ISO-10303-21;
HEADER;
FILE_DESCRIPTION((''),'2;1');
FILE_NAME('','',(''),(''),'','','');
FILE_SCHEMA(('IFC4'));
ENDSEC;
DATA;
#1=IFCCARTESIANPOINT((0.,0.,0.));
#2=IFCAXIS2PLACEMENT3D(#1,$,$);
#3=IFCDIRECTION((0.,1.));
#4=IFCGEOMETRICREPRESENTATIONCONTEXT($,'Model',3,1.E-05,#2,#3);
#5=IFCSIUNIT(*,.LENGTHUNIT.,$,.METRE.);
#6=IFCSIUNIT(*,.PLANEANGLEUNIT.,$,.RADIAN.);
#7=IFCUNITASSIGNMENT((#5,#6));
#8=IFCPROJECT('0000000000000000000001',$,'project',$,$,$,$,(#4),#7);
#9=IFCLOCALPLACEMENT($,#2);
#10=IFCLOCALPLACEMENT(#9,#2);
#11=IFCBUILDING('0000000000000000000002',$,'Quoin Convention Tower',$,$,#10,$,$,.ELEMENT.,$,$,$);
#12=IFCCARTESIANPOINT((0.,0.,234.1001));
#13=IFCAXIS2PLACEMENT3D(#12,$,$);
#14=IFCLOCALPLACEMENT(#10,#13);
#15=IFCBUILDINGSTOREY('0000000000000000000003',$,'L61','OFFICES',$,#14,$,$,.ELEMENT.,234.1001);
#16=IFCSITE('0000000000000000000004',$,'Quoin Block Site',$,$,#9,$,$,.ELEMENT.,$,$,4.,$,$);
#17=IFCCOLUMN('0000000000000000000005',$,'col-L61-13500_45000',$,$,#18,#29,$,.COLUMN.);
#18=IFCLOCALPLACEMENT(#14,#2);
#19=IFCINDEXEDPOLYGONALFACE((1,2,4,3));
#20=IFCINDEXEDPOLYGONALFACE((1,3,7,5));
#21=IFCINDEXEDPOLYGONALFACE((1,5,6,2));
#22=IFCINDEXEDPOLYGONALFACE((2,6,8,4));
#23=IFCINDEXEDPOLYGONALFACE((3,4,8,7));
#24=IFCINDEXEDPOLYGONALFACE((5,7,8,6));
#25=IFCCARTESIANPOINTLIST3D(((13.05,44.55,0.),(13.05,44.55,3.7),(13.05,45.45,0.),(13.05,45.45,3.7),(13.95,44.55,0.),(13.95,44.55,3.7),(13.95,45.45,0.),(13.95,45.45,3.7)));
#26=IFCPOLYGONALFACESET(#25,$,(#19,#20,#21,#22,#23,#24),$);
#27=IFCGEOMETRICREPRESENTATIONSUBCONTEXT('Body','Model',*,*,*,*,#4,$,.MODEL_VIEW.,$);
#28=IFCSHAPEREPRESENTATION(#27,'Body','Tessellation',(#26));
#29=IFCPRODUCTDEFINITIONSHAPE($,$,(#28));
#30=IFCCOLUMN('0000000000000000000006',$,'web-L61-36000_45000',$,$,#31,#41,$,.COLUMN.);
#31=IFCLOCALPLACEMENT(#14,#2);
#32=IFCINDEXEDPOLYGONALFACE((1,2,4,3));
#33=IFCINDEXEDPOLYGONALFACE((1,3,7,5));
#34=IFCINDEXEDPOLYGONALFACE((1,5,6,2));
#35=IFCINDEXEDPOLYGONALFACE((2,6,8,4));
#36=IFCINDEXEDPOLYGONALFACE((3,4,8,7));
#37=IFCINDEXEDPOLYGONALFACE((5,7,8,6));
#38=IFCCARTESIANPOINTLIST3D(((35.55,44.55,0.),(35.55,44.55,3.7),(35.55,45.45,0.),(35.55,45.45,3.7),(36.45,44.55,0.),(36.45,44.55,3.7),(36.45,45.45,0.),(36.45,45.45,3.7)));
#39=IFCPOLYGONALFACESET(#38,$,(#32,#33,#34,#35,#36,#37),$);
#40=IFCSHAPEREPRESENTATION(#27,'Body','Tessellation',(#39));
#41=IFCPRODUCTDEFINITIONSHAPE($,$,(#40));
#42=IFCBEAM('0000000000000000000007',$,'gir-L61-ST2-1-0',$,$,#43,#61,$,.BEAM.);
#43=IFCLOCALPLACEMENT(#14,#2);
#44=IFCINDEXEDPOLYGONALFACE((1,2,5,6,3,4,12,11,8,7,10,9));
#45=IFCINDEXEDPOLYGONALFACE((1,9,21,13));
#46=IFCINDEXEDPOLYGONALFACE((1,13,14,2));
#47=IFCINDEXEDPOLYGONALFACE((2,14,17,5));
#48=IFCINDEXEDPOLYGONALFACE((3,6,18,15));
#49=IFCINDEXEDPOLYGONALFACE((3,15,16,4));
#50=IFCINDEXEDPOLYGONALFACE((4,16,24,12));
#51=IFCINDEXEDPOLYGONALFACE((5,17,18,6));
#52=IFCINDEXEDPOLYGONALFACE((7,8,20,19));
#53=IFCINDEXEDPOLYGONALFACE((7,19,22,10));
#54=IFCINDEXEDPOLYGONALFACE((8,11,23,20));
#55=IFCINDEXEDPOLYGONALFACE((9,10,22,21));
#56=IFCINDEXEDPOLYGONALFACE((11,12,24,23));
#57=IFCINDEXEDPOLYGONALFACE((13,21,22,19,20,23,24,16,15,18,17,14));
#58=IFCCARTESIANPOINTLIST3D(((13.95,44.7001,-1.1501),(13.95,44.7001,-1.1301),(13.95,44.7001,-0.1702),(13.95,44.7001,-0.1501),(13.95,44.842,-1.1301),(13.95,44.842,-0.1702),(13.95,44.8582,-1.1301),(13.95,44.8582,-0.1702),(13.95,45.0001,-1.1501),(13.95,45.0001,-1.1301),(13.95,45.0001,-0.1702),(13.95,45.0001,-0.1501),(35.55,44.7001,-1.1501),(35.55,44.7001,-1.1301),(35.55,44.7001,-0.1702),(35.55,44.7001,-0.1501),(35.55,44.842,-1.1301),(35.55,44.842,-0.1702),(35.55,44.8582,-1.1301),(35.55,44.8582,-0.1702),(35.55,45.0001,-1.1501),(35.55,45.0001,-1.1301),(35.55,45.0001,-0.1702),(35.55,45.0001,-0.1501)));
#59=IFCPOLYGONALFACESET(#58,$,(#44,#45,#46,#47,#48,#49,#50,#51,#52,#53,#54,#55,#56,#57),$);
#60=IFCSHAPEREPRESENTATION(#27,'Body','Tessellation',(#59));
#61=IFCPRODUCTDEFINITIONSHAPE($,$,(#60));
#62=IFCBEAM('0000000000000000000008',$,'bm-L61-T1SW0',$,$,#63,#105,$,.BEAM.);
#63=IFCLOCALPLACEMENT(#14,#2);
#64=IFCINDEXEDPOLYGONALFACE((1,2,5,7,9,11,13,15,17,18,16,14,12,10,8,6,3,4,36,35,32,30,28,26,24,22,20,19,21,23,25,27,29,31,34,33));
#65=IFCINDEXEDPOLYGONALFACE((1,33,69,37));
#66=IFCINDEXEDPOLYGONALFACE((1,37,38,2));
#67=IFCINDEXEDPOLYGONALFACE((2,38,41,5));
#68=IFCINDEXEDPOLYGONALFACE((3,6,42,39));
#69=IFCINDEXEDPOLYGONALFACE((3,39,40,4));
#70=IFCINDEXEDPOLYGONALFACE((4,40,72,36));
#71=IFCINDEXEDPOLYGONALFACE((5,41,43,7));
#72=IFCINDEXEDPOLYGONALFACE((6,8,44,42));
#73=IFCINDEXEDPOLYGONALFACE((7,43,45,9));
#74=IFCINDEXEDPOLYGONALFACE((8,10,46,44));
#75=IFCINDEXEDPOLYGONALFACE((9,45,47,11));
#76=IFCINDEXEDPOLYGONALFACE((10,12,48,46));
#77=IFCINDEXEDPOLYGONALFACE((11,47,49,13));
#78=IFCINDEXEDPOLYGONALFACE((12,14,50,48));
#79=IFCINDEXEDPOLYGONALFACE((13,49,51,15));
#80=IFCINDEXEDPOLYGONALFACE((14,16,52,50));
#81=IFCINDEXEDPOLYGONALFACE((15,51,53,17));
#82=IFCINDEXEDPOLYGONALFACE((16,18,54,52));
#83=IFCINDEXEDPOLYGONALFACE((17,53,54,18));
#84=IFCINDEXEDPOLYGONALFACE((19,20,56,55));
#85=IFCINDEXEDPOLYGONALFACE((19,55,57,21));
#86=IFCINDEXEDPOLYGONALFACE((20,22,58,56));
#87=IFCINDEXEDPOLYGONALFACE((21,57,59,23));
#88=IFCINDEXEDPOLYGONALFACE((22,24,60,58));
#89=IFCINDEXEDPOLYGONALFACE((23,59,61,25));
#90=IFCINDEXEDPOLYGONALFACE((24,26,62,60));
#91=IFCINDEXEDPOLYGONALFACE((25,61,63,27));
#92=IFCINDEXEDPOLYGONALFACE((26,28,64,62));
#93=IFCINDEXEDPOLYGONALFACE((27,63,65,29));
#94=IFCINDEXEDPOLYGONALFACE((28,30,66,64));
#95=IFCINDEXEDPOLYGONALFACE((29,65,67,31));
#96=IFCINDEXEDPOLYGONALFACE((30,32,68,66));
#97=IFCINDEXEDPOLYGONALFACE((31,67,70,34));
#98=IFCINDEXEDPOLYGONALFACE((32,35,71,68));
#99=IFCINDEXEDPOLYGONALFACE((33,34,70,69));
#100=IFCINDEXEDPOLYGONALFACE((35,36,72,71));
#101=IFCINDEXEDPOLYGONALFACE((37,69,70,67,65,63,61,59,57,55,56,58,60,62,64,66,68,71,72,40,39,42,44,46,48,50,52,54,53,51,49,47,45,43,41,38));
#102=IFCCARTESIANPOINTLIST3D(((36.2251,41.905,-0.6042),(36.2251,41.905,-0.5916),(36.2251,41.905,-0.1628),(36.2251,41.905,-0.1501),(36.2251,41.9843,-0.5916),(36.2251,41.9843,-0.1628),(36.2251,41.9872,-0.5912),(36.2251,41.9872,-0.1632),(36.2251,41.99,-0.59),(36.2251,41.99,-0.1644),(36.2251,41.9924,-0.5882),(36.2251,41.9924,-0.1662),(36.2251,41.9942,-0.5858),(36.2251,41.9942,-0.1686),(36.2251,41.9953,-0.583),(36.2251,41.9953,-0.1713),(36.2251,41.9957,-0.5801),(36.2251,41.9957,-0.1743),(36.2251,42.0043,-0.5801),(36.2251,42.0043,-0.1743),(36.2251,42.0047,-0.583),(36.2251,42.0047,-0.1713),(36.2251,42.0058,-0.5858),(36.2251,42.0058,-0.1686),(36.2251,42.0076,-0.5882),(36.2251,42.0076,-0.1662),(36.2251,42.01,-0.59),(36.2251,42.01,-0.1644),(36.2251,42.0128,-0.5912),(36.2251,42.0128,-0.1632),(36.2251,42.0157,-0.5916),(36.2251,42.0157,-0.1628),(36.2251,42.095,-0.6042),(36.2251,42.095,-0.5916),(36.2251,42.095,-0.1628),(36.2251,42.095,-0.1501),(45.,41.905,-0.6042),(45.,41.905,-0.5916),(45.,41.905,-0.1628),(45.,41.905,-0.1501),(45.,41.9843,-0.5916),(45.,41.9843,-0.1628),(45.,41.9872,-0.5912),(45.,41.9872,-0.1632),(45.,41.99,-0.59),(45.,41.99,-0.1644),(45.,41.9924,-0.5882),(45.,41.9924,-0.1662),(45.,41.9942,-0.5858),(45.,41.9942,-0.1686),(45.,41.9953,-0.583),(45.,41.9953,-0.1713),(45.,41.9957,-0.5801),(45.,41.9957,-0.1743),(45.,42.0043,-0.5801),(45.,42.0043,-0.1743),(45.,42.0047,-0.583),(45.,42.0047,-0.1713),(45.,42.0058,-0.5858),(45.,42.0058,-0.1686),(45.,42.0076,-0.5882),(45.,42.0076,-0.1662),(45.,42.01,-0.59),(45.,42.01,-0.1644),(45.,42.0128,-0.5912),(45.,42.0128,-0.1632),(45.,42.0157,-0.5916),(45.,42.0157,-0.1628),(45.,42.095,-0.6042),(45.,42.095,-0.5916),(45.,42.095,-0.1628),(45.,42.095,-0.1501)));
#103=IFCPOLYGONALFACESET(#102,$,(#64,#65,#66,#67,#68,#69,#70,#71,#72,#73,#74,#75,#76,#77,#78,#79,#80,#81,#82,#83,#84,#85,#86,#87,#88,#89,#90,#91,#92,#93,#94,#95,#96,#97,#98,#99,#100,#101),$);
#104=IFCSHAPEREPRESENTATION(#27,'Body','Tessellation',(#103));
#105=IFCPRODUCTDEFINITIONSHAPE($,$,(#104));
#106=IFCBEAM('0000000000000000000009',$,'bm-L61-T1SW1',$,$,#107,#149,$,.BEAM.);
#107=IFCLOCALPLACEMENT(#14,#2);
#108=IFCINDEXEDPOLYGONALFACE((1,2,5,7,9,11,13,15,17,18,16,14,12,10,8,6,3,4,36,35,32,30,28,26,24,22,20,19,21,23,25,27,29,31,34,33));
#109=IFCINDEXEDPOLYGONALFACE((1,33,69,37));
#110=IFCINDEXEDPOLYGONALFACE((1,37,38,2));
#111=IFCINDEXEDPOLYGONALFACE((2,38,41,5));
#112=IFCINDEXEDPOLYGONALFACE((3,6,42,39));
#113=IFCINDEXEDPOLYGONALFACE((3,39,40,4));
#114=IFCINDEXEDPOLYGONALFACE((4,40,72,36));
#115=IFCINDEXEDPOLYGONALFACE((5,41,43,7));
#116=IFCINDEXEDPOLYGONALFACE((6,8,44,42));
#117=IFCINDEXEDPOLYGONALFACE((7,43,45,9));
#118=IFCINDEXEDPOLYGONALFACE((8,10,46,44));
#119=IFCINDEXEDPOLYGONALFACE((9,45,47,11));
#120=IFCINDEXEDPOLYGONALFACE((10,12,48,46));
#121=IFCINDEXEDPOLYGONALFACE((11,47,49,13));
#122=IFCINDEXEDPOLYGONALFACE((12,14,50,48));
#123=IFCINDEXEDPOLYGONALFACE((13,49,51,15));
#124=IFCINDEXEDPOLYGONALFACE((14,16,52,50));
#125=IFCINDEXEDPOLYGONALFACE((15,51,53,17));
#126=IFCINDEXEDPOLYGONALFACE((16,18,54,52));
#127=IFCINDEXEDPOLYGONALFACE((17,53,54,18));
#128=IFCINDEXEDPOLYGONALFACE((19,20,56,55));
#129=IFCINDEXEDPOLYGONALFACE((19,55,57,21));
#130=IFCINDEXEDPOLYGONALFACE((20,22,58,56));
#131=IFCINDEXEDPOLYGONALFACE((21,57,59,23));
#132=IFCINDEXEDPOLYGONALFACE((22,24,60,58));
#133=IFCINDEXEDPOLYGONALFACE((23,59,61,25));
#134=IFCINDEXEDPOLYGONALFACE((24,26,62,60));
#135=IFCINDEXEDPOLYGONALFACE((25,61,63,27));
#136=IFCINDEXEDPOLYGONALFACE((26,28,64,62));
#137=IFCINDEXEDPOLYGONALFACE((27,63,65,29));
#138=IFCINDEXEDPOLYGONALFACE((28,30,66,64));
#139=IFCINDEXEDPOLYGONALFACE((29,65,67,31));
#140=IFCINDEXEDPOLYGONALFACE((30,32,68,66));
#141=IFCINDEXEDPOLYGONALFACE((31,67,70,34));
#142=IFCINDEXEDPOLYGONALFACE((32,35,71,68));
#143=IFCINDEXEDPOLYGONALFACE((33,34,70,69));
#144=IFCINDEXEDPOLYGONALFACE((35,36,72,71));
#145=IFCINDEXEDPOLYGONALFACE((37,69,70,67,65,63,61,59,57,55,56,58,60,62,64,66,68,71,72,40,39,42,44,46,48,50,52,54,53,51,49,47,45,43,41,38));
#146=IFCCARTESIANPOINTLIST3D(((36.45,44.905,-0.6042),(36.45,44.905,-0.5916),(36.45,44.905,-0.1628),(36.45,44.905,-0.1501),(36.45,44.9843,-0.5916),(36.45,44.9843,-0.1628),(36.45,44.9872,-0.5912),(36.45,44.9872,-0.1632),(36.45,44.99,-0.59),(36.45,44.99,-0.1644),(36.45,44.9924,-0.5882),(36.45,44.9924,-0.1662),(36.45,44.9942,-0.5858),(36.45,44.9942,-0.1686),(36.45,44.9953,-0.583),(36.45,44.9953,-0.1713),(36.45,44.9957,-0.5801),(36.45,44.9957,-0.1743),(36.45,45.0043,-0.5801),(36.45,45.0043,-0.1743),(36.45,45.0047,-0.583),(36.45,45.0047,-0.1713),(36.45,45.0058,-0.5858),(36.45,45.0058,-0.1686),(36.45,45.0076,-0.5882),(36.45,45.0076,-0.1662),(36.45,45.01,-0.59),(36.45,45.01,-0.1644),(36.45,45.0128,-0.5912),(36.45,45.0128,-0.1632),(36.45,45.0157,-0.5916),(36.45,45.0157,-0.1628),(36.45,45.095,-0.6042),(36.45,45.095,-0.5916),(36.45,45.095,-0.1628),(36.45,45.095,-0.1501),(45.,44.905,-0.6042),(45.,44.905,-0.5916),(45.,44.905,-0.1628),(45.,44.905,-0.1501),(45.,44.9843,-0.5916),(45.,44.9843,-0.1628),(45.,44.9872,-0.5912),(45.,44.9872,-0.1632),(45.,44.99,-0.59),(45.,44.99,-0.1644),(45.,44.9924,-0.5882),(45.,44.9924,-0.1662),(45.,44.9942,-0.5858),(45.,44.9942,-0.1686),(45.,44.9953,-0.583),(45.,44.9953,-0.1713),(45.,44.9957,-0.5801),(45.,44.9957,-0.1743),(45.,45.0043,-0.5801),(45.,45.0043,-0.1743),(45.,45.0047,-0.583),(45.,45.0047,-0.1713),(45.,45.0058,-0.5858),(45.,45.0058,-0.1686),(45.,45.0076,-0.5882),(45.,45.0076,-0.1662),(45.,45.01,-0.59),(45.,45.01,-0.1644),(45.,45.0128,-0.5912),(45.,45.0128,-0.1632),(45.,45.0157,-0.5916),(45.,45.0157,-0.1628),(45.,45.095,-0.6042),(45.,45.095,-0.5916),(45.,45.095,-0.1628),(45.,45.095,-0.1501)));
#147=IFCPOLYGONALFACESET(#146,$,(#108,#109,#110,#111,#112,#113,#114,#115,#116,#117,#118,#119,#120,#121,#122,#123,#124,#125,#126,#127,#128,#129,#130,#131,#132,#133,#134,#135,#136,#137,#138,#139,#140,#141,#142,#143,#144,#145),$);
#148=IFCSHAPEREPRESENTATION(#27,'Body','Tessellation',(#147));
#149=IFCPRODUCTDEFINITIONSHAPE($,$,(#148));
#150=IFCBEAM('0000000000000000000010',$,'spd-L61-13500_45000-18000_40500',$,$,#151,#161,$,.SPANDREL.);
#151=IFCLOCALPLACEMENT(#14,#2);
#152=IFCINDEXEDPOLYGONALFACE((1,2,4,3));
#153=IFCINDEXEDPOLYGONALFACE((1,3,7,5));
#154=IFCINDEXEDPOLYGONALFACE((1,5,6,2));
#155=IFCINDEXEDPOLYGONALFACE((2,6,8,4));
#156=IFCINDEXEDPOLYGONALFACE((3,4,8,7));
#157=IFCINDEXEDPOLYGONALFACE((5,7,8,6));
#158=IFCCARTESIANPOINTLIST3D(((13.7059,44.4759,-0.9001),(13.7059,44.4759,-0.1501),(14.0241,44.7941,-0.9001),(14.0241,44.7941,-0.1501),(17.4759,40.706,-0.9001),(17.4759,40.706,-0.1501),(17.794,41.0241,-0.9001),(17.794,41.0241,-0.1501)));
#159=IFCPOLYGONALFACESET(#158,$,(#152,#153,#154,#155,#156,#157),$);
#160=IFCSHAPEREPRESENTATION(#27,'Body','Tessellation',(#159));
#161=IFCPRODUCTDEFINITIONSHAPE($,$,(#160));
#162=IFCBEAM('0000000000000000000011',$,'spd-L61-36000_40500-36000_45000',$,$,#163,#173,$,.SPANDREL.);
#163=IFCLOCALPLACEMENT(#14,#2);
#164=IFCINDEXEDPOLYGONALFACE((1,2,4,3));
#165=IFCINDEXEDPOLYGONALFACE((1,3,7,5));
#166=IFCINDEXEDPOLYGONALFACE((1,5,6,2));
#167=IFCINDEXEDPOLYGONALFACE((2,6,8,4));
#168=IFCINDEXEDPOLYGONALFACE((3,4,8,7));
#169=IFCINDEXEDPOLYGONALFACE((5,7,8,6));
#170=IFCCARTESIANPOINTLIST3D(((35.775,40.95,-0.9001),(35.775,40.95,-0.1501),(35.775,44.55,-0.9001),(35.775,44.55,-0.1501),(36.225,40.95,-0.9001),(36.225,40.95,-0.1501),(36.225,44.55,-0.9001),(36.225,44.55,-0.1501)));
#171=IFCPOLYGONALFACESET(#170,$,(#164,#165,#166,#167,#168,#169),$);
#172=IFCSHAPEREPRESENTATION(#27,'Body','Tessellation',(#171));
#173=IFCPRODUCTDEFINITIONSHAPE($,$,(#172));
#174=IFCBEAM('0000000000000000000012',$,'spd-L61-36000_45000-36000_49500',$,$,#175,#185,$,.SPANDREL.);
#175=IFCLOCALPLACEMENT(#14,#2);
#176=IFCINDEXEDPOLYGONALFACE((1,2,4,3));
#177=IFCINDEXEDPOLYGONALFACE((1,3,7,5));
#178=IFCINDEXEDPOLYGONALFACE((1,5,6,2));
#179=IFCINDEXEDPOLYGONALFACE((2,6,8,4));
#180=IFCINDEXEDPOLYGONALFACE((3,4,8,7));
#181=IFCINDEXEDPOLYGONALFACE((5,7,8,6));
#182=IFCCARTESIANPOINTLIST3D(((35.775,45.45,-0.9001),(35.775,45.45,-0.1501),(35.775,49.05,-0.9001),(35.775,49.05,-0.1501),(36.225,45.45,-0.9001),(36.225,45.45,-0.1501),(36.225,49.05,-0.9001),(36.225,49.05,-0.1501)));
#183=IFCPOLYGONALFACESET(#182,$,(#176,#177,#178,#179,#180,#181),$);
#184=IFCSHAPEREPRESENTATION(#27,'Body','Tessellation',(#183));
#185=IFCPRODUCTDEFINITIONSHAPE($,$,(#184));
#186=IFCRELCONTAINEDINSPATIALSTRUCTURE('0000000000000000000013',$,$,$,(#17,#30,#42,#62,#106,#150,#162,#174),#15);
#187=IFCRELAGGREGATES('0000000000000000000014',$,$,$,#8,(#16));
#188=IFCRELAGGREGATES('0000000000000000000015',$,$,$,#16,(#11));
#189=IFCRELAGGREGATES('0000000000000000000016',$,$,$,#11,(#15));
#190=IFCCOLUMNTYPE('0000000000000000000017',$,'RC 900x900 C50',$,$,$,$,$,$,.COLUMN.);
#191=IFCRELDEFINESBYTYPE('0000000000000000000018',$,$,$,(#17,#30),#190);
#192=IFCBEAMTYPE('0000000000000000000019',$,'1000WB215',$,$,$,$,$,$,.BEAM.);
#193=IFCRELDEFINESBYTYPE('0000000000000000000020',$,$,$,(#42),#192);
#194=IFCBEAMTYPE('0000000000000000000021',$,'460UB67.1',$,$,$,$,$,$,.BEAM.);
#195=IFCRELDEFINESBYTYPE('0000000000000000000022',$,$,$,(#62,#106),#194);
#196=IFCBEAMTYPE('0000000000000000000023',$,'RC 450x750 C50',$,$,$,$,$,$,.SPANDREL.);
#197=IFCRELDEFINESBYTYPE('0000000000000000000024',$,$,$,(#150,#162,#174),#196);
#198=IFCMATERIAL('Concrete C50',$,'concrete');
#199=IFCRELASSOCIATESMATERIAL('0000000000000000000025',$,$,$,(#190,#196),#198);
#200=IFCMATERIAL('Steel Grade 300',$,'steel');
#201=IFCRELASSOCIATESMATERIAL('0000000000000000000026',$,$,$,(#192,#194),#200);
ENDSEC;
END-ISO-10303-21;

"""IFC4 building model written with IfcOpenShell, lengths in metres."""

from ifc_helpers import new_model, si_unit, direction, frame, origin, origin_2d, place, context, subcontext, project, spatial, rectangle, i_section, extrude, material, material_profile, profile_set, type_object, element, save


model = new_model("IFC4")

# Units and contexts
model_context = context("Model", 3, precision=1e-05, world=origin(), true_north=direction((0.0, 1.0)))
body_context = subcontext(model_context, "Body", "Model", "MODEL_VIEW")
ifc_project = project(units=[si_unit("LENGTHUNIT", "METRE"), si_unit("PLANEANGLEUNIT", "RADIAN")], contexts=[model_context])

# Site, building, storey
site_placement = place(None, origin())
site = spatial("IfcSite", under=ifc_project, at=site_placement, Name="Quoin Block Site", CompositionType="ELEMENT", RefElevation=4.0)
building_placement = place(site_placement, origin())
building = spatial("IfcBuilding", under=site, at=building_placement, Name="Quoin Convention Tower", CompositionType="ELEMENT")
storey_placement = place(building_placement, frame((0.0, 0.0, 234.1001)))
storey = spatial("IfcBuildingStorey", under=building, at=storey_placement, Name="L61", Description="OFFICES", CompositionType="ELEMENT", Elevation=234.1001)

# Columns
ifc_material_1 = material(Name="Concrete C50", Category="concrete")
ifc_material_profile_1 = material_profile(ifc_material_1, rectangle(XDim=0.8999, YDim=0.8999, at=origin_2d()), Name="RC 900x900")
ifc_profile_set_1 = profile_set([ifc_material_profile_1], Name="Concrete C50")
column_type = type_object("IfcColumnType", Name="RC 900x900 C50", PredefinedType="COLUMN", material=ifc_profile_set_1)
for number, where, z_axis, x_axis, name in (
    (1, (13.5, 45.0, 0.0), (0.0, 0.0, 1.0), (1.0, 0.0, 0.0), "col-L61-13500_45000"),
    (2, (36.0, 45.0, 0.0), (0.0, 0.0, 1.0), (1.0, 0.0, 0.0), "web-L61-36000_45000"),
):
    element("IfcColumn", number, at=place(storey_placement, frame(where, z_axis=z_axis, x_axis=x_axis)), inside=storey, type_object=column_type, Name=name, PredefinedType="COLUMN", context=body_context, shape_type="SweptSolid", body=[
        extrude(rectangle(XDim=0.8999, YDim=0.8999, at=origin_2d()), origin(), (0.0, 0.0, 1.0), 3.7),
    ])

# Beams
ifc_material_2 = material(Name="Steel Grade 300", Category="steel")
ifc_material_profile_2 = material_profile(ifc_material_2, i_section(OverallWidth=0.3, OverallDepth=1.0, WebThickness=0.0161, FlangeThickness=0.02, at=origin_2d()), Name="1000WB215")
ifc_profile_set_2 = profile_set([ifc_material_profile_2], Name="Steel Grade 300")
beam_type_1 = type_object("IfcBeamType", Name="1000WB215", PredefinedType="BEAM", material=ifc_profile_set_2)
beam_1_placement = place(storey_placement, frame((13.95, 44.8501, -0.6501), z_axis=(1.0, 0.0, 0.0), x_axis=(0.0, 1.0, 0.0)))
element("IfcBeam", 3, at=beam_1_placement, inside=storey, type_object=beam_type_1, Name="gir-L61-ST2-1-0", PredefinedType="BEAM", context=body_context, shape_type="SweptSolid", body=[
    extrude(i_section(OverallWidth=0.3, OverallDepth=1.0, WebThickness=0.0161, FlangeThickness=0.02, at=origin_2d()), origin(), (0.0, 0.0, 1.0), 21.6001),
])
ifc_material_profile_3 = material_profile(ifc_material_2, i_section(OverallWidth=0.1899, OverallDepth=0.4541, WebThickness=0.0085, FlangeThickness=0.0127, FilletRadius=0.0115, at=origin_2d()), Name="460UB67.1")
ifc_profile_set_3 = profile_set([ifc_material_profile_3], Name="Steel Grade 300")
beam_type_2 = type_object("IfcBeamType", Name="460UB67.1", PredefinedType="BEAM", material=ifc_profile_set_3)
beam_2_placement = place(storey_placement, frame((36.2251, 42.0, -0.3772), z_axis=(1.0, 0.0, 0.0), x_axis=(0.0, 1.0, 0.0)))
element("IfcBeam", 4, at=beam_2_placement, inside=storey, type_object=beam_type_2, Name="bm-L61-T1SW0", PredefinedType="BEAM", context=body_context, shape_type="SweptSolid", body=[
    extrude(i_section(OverallWidth=0.1899, OverallDepth=0.4541, WebThickness=0.0085, FlangeThickness=0.0127, FilletRadius=0.0115, at=origin_2d()), origin(), (0.0, 0.0, 1.0), 8.7749),
])
beam_3_placement = place(storey_placement, frame((36.45, 45.0, -0.3772), z_axis=(1.0, 0.0, 0.0), x_axis=(0.0, 1.0, 0.0)))
element("IfcBeam", 5, at=beam_3_placement, inside=storey, type_object=beam_type_2, Name="bm-L61-T1SW1", PredefinedType="BEAM", context=body_context, shape_type="SweptSolid", body=[
    extrude(i_section(OverallWidth=0.1899, OverallDepth=0.4541, WebThickness=0.0085, FlangeThickness=0.0127, FilletRadius=0.0115, at=origin_2d()), origin(), (0.0, 0.0, 1.0), 8.55),
])
ifc_material_profile_4 = material_profile(ifc_material_1, rectangle(XDim=0.45, YDim=0.75, at=origin_2d()), Name="RC 450x750")
ifc_profile_set_4 = profile_set([ifc_material_profile_4], Name="Concrete C50")
beam_type_3 = type_object("IfcBeamType", Name="RC 450x750 C50", PredefinedType="SPANDREL", material=ifc_profile_set_4)
beam_4_placement = place(storey_placement, frame((13.865, 44.635, -0.5251), z_axis=(0.707107, -0.707107, 0.0), x_axis=(0.707107, 0.707107, 0.0)))
element("IfcBeam", 6, at=beam_4_placement, inside=storey, type_object=beam_type_3, Name="spd-L61-13500_45000-18000_40500", PredefinedType="SPANDREL", context=body_context, shape_type="SweptSolid", body=[
    extrude(rectangle(XDim=0.45, YDim=0.75, at=origin_2d()), origin(), (0.0, 0.0, 1.0), 5.3315),
])
for number, where, z_axis, x_axis, name in (
    (7, (36.0, 40.95, -0.5251), (0.0, 1.0, 0.0), (-1.0, 0.0, 0.0), "spd-L61-36000_40500-36000_45000"),
    (8, (36.0, 45.45, -0.5251), (0.0, 1.0, 0.0), (-1.0, 0.0, 0.0), "spd-L61-36000_45000-36000_49500"),
):
    element("IfcBeam", number, at=place(storey_placement, frame(where, z_axis=z_axis, x_axis=x_axis)), inside=storey, type_object=beam_type_3, Name=name, PredefinedType="SPANDREL", context=body_context, shape_type="SweptSolid", body=[
        extrude(rectangle(XDim=0.45, YDim=0.75, at=origin_2d()), origin(), (0.0, 0.0, 1.0), 3.6001),
    ])

save(model, "model.ifc")
